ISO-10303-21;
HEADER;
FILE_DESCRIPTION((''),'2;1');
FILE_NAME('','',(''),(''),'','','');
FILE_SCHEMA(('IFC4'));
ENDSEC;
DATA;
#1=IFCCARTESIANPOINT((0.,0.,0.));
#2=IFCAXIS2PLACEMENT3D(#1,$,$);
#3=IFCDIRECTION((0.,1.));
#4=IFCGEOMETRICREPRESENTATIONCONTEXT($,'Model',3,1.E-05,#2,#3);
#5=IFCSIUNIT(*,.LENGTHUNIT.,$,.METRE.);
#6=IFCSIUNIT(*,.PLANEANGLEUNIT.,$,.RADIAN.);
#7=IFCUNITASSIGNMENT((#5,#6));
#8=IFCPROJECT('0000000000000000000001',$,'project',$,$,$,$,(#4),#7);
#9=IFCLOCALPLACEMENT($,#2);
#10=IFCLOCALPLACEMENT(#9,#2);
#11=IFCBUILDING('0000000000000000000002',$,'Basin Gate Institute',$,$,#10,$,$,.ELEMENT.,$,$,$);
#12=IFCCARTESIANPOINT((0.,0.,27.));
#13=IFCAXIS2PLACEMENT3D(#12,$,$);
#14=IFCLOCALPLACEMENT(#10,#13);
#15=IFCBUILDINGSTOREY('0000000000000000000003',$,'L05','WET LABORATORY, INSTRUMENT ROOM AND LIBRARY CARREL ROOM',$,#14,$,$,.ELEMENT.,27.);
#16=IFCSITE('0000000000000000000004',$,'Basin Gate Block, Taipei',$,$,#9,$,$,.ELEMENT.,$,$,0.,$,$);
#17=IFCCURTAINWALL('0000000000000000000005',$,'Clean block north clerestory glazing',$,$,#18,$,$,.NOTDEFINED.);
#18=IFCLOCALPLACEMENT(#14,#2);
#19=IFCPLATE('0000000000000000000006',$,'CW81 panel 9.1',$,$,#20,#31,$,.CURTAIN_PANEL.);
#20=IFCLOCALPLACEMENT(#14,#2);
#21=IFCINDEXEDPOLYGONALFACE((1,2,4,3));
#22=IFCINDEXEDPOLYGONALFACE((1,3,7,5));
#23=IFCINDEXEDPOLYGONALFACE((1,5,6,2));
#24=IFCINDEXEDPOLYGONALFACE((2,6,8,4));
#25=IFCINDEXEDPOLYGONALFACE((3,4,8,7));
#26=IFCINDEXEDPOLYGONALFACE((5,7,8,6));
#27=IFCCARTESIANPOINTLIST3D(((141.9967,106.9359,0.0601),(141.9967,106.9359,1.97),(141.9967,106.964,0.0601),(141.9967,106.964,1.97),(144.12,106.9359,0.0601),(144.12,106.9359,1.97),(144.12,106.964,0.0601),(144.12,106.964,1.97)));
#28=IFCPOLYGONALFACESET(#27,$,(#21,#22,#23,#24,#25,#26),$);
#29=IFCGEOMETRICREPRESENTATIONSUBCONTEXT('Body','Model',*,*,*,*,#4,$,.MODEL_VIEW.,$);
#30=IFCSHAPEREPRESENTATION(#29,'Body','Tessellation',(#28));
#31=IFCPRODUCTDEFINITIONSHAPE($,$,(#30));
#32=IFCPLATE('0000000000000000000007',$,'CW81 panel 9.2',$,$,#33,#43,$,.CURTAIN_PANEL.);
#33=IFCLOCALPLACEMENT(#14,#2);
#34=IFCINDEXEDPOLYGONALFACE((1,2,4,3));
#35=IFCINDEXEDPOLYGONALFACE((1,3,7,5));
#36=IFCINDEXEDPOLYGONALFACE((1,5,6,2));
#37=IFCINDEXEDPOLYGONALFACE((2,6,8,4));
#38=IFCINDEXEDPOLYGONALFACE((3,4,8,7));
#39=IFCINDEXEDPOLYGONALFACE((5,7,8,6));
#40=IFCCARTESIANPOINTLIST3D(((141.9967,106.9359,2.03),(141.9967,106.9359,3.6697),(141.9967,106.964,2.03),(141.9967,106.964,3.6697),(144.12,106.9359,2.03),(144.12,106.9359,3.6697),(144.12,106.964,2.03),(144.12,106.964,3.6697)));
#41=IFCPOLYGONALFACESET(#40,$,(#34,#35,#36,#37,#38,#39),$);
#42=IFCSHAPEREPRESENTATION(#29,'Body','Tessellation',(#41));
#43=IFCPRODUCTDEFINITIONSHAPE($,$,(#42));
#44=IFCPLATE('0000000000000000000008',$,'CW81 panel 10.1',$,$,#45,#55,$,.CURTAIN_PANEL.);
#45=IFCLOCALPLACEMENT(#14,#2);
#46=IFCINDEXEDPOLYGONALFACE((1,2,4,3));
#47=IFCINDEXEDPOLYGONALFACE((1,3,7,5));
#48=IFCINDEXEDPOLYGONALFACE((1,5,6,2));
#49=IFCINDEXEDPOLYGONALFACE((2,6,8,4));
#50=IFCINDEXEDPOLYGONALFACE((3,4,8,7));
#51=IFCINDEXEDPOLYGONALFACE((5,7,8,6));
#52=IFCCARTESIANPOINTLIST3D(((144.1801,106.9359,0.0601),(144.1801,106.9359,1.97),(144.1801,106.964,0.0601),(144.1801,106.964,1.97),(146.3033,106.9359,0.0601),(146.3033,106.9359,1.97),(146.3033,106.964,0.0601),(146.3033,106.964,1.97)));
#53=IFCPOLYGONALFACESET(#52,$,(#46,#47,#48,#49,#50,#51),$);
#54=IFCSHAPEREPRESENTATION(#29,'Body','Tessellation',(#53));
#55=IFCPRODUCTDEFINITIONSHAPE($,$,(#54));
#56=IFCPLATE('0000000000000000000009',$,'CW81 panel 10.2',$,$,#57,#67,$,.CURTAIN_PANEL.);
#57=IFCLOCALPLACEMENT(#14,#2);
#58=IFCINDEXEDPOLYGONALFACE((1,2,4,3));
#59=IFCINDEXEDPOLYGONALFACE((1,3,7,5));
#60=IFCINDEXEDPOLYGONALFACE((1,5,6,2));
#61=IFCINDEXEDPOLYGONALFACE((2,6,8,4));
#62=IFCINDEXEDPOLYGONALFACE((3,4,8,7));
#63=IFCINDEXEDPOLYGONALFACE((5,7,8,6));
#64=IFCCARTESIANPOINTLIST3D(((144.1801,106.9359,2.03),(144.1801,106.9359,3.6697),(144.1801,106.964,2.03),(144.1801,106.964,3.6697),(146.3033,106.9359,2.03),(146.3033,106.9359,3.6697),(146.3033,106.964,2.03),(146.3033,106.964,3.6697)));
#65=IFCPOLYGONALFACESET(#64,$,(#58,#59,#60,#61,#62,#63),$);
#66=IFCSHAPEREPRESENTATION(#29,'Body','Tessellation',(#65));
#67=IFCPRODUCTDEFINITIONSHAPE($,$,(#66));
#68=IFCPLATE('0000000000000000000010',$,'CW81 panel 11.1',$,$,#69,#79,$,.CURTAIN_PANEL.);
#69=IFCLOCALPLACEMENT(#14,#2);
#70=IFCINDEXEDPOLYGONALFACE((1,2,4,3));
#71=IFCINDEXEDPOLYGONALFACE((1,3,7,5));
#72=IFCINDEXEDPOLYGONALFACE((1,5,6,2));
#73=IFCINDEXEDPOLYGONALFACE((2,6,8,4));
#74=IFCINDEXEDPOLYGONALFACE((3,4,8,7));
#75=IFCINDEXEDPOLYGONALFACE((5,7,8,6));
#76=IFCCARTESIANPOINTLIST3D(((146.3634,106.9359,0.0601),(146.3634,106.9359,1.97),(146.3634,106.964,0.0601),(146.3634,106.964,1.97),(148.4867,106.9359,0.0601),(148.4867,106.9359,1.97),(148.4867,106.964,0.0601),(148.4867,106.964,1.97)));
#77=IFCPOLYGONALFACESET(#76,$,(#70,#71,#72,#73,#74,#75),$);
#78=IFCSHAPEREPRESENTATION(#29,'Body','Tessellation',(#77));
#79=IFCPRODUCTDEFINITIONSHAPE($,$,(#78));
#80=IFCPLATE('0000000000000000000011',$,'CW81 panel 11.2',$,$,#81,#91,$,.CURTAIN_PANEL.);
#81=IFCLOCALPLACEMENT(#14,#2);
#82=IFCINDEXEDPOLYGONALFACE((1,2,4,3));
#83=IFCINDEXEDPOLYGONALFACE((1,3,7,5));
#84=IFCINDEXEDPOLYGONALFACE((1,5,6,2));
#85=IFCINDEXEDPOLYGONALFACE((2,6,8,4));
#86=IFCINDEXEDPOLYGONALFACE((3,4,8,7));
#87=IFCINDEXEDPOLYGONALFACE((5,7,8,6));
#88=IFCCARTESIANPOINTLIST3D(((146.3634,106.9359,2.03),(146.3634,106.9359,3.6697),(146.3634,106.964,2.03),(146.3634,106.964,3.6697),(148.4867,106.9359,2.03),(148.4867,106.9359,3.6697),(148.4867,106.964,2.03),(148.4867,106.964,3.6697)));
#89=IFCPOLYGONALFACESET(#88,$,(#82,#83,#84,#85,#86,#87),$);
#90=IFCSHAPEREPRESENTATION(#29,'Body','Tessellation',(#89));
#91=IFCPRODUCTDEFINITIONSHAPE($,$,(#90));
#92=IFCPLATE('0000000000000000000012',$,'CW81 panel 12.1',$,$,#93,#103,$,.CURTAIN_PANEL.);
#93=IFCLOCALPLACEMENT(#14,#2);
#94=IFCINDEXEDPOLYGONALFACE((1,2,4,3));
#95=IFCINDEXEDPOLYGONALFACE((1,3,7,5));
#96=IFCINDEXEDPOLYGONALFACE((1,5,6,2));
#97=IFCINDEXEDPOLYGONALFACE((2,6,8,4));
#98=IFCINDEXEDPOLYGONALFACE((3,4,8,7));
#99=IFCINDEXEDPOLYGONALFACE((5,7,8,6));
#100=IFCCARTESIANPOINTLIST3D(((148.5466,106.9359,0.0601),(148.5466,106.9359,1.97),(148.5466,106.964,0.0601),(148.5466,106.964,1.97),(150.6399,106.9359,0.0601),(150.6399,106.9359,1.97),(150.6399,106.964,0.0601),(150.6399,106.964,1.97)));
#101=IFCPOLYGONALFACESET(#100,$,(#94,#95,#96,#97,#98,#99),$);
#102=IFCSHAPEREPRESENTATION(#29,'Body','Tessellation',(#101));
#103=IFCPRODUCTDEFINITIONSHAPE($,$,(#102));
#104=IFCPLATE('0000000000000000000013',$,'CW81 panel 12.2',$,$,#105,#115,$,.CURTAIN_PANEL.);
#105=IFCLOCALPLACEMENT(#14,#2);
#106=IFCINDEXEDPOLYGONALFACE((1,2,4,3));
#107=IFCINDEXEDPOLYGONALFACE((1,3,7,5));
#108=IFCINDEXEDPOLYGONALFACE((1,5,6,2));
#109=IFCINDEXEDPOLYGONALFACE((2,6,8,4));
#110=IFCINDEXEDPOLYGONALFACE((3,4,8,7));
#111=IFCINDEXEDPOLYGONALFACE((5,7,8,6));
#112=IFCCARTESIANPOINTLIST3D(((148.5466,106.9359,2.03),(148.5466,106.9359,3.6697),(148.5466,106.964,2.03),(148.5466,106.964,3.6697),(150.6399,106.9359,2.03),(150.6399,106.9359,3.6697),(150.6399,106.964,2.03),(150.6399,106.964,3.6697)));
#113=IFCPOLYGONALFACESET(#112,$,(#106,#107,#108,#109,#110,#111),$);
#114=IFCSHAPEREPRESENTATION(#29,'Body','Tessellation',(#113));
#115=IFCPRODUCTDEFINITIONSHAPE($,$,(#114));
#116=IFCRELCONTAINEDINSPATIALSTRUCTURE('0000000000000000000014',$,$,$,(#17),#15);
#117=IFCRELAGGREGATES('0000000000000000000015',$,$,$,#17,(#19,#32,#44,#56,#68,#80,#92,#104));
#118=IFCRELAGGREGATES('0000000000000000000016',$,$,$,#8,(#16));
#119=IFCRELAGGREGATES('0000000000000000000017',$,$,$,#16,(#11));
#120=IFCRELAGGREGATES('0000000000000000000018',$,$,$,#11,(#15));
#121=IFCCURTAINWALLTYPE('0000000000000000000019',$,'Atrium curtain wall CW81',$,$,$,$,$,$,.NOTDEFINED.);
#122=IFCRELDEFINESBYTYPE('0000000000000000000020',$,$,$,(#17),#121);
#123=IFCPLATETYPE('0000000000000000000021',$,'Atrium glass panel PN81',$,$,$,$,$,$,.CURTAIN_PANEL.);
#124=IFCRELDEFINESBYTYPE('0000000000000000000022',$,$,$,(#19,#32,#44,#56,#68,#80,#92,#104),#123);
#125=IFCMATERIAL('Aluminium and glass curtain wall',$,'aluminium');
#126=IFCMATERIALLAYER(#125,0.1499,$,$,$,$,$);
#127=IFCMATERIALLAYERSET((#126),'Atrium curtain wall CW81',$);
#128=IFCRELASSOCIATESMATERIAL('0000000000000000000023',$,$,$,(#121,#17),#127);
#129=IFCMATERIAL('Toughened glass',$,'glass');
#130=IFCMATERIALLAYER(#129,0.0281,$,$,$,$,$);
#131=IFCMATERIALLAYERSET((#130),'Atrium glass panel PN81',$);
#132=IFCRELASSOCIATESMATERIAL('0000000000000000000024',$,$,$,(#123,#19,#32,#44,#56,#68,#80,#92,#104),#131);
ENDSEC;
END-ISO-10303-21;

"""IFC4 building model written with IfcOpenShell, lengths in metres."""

from ifc_helpers import new_model, si_unit, direction, frame, origin, origin_2d, place, context, subcontext, project, spatial, rectangle, extrude, material, layer, layer_set, type_object, element, aggregate, save


model = new_model("IFC4")

# Units and contexts
model_context = context("Model", 3, precision=1e-05, world=origin(), true_north=direction((0.0, 1.0)))
body_context = subcontext(model_context, "Body", "Model", "MODEL_VIEW")
ifc_project = project(units=[si_unit("LENGTHUNIT", "METRE"), si_unit("PLANEANGLEUNIT", "RADIAN")], contexts=[model_context])

# Site, building, storey
site_placement = place(None, origin())
site = spatial("IfcSite", under=ifc_project, at=site_placement, Name="Basin Gate Block, Taipei", CompositionType="ELEMENT", RefElevation=0.0)
building_placement = place(site_placement, origin())
building = spatial("IfcBuilding", under=site, at=building_placement, Name="Basin Gate Institute", CompositionType="ELEMENT")
storey_placement = place(building_placement, frame((0.0, 0.0, 27.0)))
storey = spatial("IfcBuildingStorey", under=building, at=storey_placement, Name="L05", Description="WET LABORATORY, INSTRUMENT ROOM AND LIBRARY CARREL ROOM", CompositionType="ELEMENT", Elevation=27.0)

# Curtain wall, plates
ifc_material_1 = material(Name="Aluminium and glass curtain wall", Category="aluminium")
ifc_layer_1 = layer(ifc_material_1, 0.1499)
ifc_layer_set_1 = layer_set([ifc_layer_1], Name="Atrium curtain wall CW81")
curtain_wall_type = type_object("IfcCurtainWallType", Name="Atrium curtain wall CW81", PredefinedType="NOTDEFINED", material=ifc_layer_set_1)
curtain_wall_placement = place(storey_placement, origin())
curtain_wall = element("IfcCurtainWall", 1, at=curtain_wall_placement, inside=storey, type_object=curtain_wall_type, material=ifc_layer_set_1, Name="Clean block north clerestory glazing", PredefinedType="NOTDEFINED")
ifc_material_2 = material(Name="Toughened glass", Category="glass")
ifc_layer_2 = layer(ifc_material_2, 0.0281)
ifc_layer_set_2 = layer_set([ifc_layer_2], Name="Atrium glass panel PN81")
plate_type = type_object("IfcPlateType", Name="Atrium glass panel PN81", PredefinedType="CURTAIN_PANEL", material=ifc_layer_set_2)
plate_1_placement = place(storey_placement, frame((143.0583, 106.95, 0.0601), z_axis=(0.0, 0.0, 1.0), x_axis=(1.0, 0.0, 0.0)))
plate_1 = element("IfcPlate", 2, at=plate_1_placement, type_object=plate_type, material=ifc_layer_set_2, Name="CW81 panel 9.1", PredefinedType="CURTAIN_PANEL", context=body_context, shape_type="SweptSolid", body=[
    extrude(rectangle(XDim=2.1233, YDim=0.0281, at=origin_2d()), origin(), (0.0, 0.0, 1.0), 1.9099),
])
plate_2_placement = place(storey_placement, frame((143.0583, 106.95, 2.03), z_axis=(0.0, 0.0, 1.0), x_axis=(1.0, 0.0, 0.0)))
plate_2 = element("IfcPlate", 3, at=plate_2_placement, type_object=plate_type, material=ifc_layer_set_2, Name="CW81 panel 9.2", PredefinedType="CURTAIN_PANEL", context=body_context, shape_type="SweptSolid", body=[
    extrude(rectangle(XDim=2.1233, YDim=0.0281, at=origin_2d()), origin(), (0.0, 0.0, 1.0), 1.6396),
])
plate_3_placement = place(storey_placement, frame((145.2417, 106.95, 0.0601), z_axis=(0.0, 0.0, 1.0), x_axis=(1.0, 0.0, 0.0)))
plate_3 = element("IfcPlate", 4, at=plate_3_placement, type_object=plate_type, material=ifc_layer_set_2, Name="CW81 panel 10.1", PredefinedType="CURTAIN_PANEL", context=body_context, shape_type="SweptSolid", body=[
    extrude(rectangle(XDim=2.1233, YDim=0.0281, at=origin_2d()), origin(), (0.0, 0.0, 1.0), 1.9099),
])
plate_4_placement = place(storey_placement, frame((145.2417, 106.95, 2.03), z_axis=(0.0, 0.0, 1.0), x_axis=(1.0, 0.0, 0.0)))
plate_4 = element("IfcPlate", 5, at=plate_4_placement, type_object=plate_type, material=ifc_layer_set_2, Name="CW81 panel 10.2", PredefinedType="CURTAIN_PANEL", context=body_context, shape_type="SweptSolid", body=[
    extrude(rectangle(XDim=2.1233, YDim=0.0281, at=origin_2d()), origin(), (0.0, 0.0, 1.0), 1.6396),
])
plate_5_placement = place(storey_placement, frame((147.425, 106.95, 0.0601), z_axis=(0.0, 0.0, 1.0), x_axis=(1.0, 0.0, 0.0)))
plate_5 = element("IfcPlate", 6, at=plate_5_placement, type_object=plate_type, material=ifc_layer_set_2, Name="CW81 panel 11.1", PredefinedType="CURTAIN_PANEL", context=body_context, shape_type="SweptSolid", body=[
    extrude(rectangle(XDim=2.1233, YDim=0.0281, at=origin_2d()), origin(), (0.0, 0.0, 1.0), 1.9099),
])
plate_6_placement = place(storey_placement, frame((147.425, 106.95, 2.03), z_axis=(0.0, 0.0, 1.0), x_axis=(1.0, 0.0, 0.0)))
plate_6 = element("IfcPlate", 7, at=plate_6_placement, type_object=plate_type, material=ifc_layer_set_2, Name="CW81 panel 11.2", PredefinedType="CURTAIN_PANEL", context=body_context, shape_type="SweptSolid", body=[
    extrude(rectangle(XDim=2.1233, YDim=0.0281, at=origin_2d()), origin(), (0.0, 0.0, 1.0), 1.6396),
])
plate_7_placement = place(storey_placement, frame((149.5933, 106.95, 0.0601), z_axis=(0.0, 0.0, 1.0), x_axis=(1.0, 0.0, 0.0)))
plate_7 = element("IfcPlate", 8, at=plate_7_placement, type_object=plate_type, material=ifc_layer_set_2, Name="CW81 panel 12.1", PredefinedType="CURTAIN_PANEL", context=body_context, shape_type="SweptSolid", body=[
    extrude(rectangle(XDim=2.0933, YDim=0.0281, at=origin_2d()), origin(), (0.0, 0.0, 1.0), 1.9099),
])
plate_8_placement = place(storey_placement, frame((149.5933, 106.95, 2.03), z_axis=(0.0, 0.0, 1.0), x_axis=(1.0, 0.0, 0.0)))
plate_8 = element("IfcPlate", 9, at=plate_8_placement, type_object=plate_type, material=ifc_layer_set_2, Name="CW81 panel 12.2", PredefinedType="CURTAIN_PANEL", context=body_context, shape_type="SweptSolid", body=[
    extrude(rectangle(XDim=2.0933, YDim=0.0281, at=origin_2d()), origin(), (0.0, 0.0, 1.0), 1.6396),
])
aggregate(curtain_wall, [plate_1, plate_2, plate_3, plate_4, plate_5, plate_6, plate_7, plate_8])

save(model, "model.ifc")
